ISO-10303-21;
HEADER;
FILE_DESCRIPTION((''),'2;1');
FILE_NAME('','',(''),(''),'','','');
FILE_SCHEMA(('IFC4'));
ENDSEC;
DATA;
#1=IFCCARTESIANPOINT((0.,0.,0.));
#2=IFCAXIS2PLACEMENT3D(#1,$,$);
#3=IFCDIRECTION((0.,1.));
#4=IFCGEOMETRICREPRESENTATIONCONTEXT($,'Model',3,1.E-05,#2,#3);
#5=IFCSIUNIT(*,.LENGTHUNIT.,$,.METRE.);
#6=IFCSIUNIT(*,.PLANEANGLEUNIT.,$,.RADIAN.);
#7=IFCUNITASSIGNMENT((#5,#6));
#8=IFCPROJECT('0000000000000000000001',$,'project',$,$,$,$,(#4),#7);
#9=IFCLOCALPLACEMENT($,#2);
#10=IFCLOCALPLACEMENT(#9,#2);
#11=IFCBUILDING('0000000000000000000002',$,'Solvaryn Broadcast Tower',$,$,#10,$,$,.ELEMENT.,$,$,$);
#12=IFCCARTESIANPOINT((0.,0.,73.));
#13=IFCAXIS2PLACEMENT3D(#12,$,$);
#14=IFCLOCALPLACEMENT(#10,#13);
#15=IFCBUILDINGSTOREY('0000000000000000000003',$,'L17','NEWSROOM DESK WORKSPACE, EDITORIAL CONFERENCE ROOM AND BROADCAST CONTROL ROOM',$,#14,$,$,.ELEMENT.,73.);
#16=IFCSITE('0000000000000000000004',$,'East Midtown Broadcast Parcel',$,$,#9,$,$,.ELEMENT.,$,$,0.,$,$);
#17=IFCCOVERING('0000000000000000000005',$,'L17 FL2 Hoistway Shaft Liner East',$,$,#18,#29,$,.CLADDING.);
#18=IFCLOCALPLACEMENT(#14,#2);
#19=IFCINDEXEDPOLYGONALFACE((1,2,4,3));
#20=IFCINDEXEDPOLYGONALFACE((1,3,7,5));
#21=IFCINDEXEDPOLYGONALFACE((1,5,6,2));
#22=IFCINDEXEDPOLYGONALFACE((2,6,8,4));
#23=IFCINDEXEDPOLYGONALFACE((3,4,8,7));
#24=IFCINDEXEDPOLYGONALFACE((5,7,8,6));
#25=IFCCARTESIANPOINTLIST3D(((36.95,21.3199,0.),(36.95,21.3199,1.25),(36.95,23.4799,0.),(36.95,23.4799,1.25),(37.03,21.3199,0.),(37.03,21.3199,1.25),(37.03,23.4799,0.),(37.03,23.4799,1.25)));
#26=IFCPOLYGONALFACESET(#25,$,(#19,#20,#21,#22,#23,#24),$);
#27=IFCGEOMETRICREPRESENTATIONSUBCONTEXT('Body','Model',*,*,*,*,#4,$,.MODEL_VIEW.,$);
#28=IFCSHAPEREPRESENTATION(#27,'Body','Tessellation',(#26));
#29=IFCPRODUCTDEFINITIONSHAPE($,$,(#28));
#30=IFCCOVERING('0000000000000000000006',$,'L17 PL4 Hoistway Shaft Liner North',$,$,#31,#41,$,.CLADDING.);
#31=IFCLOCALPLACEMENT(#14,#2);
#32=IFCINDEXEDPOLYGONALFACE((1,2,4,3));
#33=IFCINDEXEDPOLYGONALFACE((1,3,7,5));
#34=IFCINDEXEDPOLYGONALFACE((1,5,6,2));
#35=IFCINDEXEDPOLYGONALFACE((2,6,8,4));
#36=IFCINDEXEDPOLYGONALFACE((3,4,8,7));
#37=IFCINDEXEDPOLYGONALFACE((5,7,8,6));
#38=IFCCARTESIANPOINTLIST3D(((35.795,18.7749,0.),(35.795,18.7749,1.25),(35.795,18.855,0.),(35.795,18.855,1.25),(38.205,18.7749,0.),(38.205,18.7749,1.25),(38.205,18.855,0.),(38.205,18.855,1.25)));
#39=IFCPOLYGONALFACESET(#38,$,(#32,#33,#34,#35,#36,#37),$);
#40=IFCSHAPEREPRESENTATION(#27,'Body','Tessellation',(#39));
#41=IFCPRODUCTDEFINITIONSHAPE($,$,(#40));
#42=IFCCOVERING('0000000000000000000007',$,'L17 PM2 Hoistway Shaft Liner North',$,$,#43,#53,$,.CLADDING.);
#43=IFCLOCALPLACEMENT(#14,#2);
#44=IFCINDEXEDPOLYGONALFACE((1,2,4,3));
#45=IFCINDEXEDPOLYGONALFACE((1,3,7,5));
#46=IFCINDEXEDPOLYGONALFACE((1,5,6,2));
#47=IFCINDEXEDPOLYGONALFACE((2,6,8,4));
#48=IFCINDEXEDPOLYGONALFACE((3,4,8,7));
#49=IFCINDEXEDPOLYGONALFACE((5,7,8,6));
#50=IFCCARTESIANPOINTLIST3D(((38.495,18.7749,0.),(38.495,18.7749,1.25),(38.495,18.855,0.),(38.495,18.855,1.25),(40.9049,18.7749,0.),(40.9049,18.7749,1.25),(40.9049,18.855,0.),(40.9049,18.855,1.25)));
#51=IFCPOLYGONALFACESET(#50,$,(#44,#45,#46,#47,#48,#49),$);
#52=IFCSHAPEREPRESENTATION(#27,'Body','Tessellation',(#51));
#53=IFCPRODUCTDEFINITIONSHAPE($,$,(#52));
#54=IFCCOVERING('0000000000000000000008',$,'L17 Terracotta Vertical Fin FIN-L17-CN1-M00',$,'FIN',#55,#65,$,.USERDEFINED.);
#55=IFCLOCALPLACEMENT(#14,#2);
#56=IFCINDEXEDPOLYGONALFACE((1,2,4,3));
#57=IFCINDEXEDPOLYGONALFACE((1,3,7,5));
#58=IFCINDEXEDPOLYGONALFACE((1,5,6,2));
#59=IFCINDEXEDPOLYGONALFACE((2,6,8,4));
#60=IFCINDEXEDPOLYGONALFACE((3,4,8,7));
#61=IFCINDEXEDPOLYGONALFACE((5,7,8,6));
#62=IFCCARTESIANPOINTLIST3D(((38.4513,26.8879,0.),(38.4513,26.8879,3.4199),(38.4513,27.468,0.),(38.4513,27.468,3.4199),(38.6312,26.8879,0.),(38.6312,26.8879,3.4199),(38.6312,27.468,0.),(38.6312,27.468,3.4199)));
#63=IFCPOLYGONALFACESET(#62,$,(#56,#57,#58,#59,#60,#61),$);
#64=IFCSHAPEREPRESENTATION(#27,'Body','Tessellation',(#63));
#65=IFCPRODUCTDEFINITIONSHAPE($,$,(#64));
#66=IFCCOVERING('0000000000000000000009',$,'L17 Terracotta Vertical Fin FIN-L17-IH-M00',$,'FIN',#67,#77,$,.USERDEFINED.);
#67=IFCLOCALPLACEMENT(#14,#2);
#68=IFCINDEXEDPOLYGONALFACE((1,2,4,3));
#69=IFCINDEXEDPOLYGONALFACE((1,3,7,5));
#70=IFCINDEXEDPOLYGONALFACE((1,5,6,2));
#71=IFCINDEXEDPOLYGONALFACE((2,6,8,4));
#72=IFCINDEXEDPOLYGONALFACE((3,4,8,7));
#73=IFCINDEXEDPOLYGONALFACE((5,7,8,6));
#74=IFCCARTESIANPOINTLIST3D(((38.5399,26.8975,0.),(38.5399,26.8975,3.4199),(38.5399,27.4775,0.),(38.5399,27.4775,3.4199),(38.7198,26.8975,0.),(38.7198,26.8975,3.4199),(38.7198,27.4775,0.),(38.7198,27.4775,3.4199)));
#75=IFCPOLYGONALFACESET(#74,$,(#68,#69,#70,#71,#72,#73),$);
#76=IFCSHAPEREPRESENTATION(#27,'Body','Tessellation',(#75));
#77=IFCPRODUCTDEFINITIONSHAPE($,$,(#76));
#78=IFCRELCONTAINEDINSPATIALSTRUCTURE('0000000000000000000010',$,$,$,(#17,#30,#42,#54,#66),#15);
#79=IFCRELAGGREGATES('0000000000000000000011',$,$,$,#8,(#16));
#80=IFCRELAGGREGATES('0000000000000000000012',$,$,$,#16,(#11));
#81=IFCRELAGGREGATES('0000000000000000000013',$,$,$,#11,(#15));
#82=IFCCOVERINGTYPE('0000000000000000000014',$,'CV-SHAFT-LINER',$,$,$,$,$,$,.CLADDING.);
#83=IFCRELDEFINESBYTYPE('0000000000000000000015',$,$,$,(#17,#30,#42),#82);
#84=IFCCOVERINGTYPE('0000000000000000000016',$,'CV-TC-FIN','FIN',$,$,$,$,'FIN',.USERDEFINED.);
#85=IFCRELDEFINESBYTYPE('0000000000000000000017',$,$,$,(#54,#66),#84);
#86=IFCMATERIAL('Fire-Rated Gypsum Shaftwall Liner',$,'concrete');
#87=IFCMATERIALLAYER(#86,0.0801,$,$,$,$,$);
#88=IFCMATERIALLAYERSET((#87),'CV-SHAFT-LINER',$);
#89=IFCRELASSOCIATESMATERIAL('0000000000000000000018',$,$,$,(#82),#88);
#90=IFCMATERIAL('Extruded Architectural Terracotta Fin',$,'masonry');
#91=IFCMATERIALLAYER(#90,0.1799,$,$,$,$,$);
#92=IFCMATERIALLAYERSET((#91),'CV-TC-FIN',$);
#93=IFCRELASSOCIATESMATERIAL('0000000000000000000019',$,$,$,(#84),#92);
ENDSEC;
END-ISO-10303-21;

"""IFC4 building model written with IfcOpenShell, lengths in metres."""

from ifc_helpers import new_model, si_unit, direction, frame, origin, origin_2d, place, context, subcontext, project, spatial, rectangle, extrude, material, layer, layer_set, type_object, element, save


model = new_model("IFC4")

# Units and contexts
model_context = context("Model", 3, precision=1e-05, world=origin(), true_north=direction((0.0, 1.0)))
body_context = subcontext(model_context, "Body", "Model", "MODEL_VIEW")
ifc_project = project(units=[si_unit("LENGTHUNIT", "METRE"), si_unit("PLANEANGLEUNIT", "RADIAN")], contexts=[model_context])

# Site, building, storey
site_placement = place(None, origin())
site = spatial("IfcSite", under=ifc_project, at=site_placement, Name="East Midtown Broadcast Parcel", CompositionType="ELEMENT", RefElevation=0.0)
building_placement = place(site_placement, origin())
building = spatial("IfcBuilding", under=site, at=building_placement, Name="Solvaryn Broadcast Tower", CompositionType="ELEMENT")
storey_placement = place(building_placement, frame((0.0, 0.0, 73.0)))
storey = spatial("IfcBuildingStorey", under=building, at=storey_placement, Name="L17", Description="NEWSROOM DESK WORKSPACE, EDITORIAL CONFERENCE ROOM AND BROADCAST CONTROL ROOM", CompositionType="ELEMENT", Elevation=73.0)

# Coverings
ifc_material_1 = material(Name="Fire-Rated Gypsum Shaftwall Liner", Category="concrete")
ifc_layer_1 = layer(ifc_material_1, 0.0801)
ifc_layer_set_1 = layer_set([ifc_layer_1], Name="CV-SHAFT-LINER")
covering_type_1 = type_object("IfcCoveringType", Name="CV-SHAFT-LINER", PredefinedType="CLADDING", material=ifc_layer_set_1)
covering_placement = place(storey_placement, frame((36.99, 22.3999, 0.0), z_axis=(0.0, 0.0, 1.0), x_axis=(1.0, 0.0, 0.0)))
element("IfcCovering", 1, at=covering_placement, inside=storey, type_object=covering_type_1, Name="L17 FL2 Hoistway Shaft Liner East", PredefinedType="CLADDING", context=body_context, shape_type="SweptSolid", body=[
    extrude(rectangle(XDim=0.0801, YDim=2.1599, at=origin_2d()), origin(), (0.0, 0.0, 1.0), 1.25),
])
for number, where, z_axis, x_axis, name in (
    (2, (37.0, 18.8149, 0.0), (0.0, 0.0, 1.0), (1.0, 0.0, 0.0), "L17 PL4 Hoistway Shaft Liner North"),
    (3, (39.7, 18.8149, 0.0), (0.0, 0.0, 1.0), (1.0, 0.0, 0.0), "L17 PM2 Hoistway Shaft Liner North"),
):
    element("IfcCovering", number, at=place(storey_placement, frame(where, z_axis=z_axis, x_axis=x_axis)), inside=storey, type_object=covering_type_1, Name=name, PredefinedType="CLADDING", context=body_context, shape_type="SweptSolid", body=[
        extrude(rectangle(XDim=2.4099, YDim=0.0801, at=origin_2d()), origin(), (0.0, 0.0, 1.0), 1.25),
    ])
ifc_material_2 = material(Name="Extruded Architectural Terracotta Fin", Category="masonry")
ifc_layer_2 = layer(ifc_material_2, 0.1799)
ifc_layer_set_2 = layer_set([ifc_layer_2], Name="CV-TC-FIN")
covering_type_2 = type_object("IfcCoveringType", Name="CV-TC-FIN", Description="FIN", ElementType="FIN", PredefinedType="USERDEFINED", material=ifc_layer_set_2)
for number, where, z_axis, x_axis, name in (
    (4, (38.5413, 27.178, 0.0), (0.0, 0.0, 1.0), (1.0, 0.0, 0.0), "L17 Terracotta Vertical Fin FIN-L17-CN1-M00"),
    (5, (38.6299, 27.1875, 0.0), (0.0, 0.0, 1.0), (1.0, 0.0, 0.0), "L17 Terracotta Vertical Fin FIN-L17-IH-M00"),
):
    element("IfcCovering", number, at=place(storey_placement, frame(where, z_axis=z_axis, x_axis=x_axis)), inside=storey, type_object=covering_type_2, Name=name, ObjectType="FIN", PredefinedType="USERDEFINED", context=body_context, shape_type="SweptSolid", body=[
        extrude(rectangle(XDim=0.1799, YDim=0.5801, at=origin_2d()), origin(), (0.0, 0.0, 1.0), 3.4199),
    ])

save(model, "model.ifc")
